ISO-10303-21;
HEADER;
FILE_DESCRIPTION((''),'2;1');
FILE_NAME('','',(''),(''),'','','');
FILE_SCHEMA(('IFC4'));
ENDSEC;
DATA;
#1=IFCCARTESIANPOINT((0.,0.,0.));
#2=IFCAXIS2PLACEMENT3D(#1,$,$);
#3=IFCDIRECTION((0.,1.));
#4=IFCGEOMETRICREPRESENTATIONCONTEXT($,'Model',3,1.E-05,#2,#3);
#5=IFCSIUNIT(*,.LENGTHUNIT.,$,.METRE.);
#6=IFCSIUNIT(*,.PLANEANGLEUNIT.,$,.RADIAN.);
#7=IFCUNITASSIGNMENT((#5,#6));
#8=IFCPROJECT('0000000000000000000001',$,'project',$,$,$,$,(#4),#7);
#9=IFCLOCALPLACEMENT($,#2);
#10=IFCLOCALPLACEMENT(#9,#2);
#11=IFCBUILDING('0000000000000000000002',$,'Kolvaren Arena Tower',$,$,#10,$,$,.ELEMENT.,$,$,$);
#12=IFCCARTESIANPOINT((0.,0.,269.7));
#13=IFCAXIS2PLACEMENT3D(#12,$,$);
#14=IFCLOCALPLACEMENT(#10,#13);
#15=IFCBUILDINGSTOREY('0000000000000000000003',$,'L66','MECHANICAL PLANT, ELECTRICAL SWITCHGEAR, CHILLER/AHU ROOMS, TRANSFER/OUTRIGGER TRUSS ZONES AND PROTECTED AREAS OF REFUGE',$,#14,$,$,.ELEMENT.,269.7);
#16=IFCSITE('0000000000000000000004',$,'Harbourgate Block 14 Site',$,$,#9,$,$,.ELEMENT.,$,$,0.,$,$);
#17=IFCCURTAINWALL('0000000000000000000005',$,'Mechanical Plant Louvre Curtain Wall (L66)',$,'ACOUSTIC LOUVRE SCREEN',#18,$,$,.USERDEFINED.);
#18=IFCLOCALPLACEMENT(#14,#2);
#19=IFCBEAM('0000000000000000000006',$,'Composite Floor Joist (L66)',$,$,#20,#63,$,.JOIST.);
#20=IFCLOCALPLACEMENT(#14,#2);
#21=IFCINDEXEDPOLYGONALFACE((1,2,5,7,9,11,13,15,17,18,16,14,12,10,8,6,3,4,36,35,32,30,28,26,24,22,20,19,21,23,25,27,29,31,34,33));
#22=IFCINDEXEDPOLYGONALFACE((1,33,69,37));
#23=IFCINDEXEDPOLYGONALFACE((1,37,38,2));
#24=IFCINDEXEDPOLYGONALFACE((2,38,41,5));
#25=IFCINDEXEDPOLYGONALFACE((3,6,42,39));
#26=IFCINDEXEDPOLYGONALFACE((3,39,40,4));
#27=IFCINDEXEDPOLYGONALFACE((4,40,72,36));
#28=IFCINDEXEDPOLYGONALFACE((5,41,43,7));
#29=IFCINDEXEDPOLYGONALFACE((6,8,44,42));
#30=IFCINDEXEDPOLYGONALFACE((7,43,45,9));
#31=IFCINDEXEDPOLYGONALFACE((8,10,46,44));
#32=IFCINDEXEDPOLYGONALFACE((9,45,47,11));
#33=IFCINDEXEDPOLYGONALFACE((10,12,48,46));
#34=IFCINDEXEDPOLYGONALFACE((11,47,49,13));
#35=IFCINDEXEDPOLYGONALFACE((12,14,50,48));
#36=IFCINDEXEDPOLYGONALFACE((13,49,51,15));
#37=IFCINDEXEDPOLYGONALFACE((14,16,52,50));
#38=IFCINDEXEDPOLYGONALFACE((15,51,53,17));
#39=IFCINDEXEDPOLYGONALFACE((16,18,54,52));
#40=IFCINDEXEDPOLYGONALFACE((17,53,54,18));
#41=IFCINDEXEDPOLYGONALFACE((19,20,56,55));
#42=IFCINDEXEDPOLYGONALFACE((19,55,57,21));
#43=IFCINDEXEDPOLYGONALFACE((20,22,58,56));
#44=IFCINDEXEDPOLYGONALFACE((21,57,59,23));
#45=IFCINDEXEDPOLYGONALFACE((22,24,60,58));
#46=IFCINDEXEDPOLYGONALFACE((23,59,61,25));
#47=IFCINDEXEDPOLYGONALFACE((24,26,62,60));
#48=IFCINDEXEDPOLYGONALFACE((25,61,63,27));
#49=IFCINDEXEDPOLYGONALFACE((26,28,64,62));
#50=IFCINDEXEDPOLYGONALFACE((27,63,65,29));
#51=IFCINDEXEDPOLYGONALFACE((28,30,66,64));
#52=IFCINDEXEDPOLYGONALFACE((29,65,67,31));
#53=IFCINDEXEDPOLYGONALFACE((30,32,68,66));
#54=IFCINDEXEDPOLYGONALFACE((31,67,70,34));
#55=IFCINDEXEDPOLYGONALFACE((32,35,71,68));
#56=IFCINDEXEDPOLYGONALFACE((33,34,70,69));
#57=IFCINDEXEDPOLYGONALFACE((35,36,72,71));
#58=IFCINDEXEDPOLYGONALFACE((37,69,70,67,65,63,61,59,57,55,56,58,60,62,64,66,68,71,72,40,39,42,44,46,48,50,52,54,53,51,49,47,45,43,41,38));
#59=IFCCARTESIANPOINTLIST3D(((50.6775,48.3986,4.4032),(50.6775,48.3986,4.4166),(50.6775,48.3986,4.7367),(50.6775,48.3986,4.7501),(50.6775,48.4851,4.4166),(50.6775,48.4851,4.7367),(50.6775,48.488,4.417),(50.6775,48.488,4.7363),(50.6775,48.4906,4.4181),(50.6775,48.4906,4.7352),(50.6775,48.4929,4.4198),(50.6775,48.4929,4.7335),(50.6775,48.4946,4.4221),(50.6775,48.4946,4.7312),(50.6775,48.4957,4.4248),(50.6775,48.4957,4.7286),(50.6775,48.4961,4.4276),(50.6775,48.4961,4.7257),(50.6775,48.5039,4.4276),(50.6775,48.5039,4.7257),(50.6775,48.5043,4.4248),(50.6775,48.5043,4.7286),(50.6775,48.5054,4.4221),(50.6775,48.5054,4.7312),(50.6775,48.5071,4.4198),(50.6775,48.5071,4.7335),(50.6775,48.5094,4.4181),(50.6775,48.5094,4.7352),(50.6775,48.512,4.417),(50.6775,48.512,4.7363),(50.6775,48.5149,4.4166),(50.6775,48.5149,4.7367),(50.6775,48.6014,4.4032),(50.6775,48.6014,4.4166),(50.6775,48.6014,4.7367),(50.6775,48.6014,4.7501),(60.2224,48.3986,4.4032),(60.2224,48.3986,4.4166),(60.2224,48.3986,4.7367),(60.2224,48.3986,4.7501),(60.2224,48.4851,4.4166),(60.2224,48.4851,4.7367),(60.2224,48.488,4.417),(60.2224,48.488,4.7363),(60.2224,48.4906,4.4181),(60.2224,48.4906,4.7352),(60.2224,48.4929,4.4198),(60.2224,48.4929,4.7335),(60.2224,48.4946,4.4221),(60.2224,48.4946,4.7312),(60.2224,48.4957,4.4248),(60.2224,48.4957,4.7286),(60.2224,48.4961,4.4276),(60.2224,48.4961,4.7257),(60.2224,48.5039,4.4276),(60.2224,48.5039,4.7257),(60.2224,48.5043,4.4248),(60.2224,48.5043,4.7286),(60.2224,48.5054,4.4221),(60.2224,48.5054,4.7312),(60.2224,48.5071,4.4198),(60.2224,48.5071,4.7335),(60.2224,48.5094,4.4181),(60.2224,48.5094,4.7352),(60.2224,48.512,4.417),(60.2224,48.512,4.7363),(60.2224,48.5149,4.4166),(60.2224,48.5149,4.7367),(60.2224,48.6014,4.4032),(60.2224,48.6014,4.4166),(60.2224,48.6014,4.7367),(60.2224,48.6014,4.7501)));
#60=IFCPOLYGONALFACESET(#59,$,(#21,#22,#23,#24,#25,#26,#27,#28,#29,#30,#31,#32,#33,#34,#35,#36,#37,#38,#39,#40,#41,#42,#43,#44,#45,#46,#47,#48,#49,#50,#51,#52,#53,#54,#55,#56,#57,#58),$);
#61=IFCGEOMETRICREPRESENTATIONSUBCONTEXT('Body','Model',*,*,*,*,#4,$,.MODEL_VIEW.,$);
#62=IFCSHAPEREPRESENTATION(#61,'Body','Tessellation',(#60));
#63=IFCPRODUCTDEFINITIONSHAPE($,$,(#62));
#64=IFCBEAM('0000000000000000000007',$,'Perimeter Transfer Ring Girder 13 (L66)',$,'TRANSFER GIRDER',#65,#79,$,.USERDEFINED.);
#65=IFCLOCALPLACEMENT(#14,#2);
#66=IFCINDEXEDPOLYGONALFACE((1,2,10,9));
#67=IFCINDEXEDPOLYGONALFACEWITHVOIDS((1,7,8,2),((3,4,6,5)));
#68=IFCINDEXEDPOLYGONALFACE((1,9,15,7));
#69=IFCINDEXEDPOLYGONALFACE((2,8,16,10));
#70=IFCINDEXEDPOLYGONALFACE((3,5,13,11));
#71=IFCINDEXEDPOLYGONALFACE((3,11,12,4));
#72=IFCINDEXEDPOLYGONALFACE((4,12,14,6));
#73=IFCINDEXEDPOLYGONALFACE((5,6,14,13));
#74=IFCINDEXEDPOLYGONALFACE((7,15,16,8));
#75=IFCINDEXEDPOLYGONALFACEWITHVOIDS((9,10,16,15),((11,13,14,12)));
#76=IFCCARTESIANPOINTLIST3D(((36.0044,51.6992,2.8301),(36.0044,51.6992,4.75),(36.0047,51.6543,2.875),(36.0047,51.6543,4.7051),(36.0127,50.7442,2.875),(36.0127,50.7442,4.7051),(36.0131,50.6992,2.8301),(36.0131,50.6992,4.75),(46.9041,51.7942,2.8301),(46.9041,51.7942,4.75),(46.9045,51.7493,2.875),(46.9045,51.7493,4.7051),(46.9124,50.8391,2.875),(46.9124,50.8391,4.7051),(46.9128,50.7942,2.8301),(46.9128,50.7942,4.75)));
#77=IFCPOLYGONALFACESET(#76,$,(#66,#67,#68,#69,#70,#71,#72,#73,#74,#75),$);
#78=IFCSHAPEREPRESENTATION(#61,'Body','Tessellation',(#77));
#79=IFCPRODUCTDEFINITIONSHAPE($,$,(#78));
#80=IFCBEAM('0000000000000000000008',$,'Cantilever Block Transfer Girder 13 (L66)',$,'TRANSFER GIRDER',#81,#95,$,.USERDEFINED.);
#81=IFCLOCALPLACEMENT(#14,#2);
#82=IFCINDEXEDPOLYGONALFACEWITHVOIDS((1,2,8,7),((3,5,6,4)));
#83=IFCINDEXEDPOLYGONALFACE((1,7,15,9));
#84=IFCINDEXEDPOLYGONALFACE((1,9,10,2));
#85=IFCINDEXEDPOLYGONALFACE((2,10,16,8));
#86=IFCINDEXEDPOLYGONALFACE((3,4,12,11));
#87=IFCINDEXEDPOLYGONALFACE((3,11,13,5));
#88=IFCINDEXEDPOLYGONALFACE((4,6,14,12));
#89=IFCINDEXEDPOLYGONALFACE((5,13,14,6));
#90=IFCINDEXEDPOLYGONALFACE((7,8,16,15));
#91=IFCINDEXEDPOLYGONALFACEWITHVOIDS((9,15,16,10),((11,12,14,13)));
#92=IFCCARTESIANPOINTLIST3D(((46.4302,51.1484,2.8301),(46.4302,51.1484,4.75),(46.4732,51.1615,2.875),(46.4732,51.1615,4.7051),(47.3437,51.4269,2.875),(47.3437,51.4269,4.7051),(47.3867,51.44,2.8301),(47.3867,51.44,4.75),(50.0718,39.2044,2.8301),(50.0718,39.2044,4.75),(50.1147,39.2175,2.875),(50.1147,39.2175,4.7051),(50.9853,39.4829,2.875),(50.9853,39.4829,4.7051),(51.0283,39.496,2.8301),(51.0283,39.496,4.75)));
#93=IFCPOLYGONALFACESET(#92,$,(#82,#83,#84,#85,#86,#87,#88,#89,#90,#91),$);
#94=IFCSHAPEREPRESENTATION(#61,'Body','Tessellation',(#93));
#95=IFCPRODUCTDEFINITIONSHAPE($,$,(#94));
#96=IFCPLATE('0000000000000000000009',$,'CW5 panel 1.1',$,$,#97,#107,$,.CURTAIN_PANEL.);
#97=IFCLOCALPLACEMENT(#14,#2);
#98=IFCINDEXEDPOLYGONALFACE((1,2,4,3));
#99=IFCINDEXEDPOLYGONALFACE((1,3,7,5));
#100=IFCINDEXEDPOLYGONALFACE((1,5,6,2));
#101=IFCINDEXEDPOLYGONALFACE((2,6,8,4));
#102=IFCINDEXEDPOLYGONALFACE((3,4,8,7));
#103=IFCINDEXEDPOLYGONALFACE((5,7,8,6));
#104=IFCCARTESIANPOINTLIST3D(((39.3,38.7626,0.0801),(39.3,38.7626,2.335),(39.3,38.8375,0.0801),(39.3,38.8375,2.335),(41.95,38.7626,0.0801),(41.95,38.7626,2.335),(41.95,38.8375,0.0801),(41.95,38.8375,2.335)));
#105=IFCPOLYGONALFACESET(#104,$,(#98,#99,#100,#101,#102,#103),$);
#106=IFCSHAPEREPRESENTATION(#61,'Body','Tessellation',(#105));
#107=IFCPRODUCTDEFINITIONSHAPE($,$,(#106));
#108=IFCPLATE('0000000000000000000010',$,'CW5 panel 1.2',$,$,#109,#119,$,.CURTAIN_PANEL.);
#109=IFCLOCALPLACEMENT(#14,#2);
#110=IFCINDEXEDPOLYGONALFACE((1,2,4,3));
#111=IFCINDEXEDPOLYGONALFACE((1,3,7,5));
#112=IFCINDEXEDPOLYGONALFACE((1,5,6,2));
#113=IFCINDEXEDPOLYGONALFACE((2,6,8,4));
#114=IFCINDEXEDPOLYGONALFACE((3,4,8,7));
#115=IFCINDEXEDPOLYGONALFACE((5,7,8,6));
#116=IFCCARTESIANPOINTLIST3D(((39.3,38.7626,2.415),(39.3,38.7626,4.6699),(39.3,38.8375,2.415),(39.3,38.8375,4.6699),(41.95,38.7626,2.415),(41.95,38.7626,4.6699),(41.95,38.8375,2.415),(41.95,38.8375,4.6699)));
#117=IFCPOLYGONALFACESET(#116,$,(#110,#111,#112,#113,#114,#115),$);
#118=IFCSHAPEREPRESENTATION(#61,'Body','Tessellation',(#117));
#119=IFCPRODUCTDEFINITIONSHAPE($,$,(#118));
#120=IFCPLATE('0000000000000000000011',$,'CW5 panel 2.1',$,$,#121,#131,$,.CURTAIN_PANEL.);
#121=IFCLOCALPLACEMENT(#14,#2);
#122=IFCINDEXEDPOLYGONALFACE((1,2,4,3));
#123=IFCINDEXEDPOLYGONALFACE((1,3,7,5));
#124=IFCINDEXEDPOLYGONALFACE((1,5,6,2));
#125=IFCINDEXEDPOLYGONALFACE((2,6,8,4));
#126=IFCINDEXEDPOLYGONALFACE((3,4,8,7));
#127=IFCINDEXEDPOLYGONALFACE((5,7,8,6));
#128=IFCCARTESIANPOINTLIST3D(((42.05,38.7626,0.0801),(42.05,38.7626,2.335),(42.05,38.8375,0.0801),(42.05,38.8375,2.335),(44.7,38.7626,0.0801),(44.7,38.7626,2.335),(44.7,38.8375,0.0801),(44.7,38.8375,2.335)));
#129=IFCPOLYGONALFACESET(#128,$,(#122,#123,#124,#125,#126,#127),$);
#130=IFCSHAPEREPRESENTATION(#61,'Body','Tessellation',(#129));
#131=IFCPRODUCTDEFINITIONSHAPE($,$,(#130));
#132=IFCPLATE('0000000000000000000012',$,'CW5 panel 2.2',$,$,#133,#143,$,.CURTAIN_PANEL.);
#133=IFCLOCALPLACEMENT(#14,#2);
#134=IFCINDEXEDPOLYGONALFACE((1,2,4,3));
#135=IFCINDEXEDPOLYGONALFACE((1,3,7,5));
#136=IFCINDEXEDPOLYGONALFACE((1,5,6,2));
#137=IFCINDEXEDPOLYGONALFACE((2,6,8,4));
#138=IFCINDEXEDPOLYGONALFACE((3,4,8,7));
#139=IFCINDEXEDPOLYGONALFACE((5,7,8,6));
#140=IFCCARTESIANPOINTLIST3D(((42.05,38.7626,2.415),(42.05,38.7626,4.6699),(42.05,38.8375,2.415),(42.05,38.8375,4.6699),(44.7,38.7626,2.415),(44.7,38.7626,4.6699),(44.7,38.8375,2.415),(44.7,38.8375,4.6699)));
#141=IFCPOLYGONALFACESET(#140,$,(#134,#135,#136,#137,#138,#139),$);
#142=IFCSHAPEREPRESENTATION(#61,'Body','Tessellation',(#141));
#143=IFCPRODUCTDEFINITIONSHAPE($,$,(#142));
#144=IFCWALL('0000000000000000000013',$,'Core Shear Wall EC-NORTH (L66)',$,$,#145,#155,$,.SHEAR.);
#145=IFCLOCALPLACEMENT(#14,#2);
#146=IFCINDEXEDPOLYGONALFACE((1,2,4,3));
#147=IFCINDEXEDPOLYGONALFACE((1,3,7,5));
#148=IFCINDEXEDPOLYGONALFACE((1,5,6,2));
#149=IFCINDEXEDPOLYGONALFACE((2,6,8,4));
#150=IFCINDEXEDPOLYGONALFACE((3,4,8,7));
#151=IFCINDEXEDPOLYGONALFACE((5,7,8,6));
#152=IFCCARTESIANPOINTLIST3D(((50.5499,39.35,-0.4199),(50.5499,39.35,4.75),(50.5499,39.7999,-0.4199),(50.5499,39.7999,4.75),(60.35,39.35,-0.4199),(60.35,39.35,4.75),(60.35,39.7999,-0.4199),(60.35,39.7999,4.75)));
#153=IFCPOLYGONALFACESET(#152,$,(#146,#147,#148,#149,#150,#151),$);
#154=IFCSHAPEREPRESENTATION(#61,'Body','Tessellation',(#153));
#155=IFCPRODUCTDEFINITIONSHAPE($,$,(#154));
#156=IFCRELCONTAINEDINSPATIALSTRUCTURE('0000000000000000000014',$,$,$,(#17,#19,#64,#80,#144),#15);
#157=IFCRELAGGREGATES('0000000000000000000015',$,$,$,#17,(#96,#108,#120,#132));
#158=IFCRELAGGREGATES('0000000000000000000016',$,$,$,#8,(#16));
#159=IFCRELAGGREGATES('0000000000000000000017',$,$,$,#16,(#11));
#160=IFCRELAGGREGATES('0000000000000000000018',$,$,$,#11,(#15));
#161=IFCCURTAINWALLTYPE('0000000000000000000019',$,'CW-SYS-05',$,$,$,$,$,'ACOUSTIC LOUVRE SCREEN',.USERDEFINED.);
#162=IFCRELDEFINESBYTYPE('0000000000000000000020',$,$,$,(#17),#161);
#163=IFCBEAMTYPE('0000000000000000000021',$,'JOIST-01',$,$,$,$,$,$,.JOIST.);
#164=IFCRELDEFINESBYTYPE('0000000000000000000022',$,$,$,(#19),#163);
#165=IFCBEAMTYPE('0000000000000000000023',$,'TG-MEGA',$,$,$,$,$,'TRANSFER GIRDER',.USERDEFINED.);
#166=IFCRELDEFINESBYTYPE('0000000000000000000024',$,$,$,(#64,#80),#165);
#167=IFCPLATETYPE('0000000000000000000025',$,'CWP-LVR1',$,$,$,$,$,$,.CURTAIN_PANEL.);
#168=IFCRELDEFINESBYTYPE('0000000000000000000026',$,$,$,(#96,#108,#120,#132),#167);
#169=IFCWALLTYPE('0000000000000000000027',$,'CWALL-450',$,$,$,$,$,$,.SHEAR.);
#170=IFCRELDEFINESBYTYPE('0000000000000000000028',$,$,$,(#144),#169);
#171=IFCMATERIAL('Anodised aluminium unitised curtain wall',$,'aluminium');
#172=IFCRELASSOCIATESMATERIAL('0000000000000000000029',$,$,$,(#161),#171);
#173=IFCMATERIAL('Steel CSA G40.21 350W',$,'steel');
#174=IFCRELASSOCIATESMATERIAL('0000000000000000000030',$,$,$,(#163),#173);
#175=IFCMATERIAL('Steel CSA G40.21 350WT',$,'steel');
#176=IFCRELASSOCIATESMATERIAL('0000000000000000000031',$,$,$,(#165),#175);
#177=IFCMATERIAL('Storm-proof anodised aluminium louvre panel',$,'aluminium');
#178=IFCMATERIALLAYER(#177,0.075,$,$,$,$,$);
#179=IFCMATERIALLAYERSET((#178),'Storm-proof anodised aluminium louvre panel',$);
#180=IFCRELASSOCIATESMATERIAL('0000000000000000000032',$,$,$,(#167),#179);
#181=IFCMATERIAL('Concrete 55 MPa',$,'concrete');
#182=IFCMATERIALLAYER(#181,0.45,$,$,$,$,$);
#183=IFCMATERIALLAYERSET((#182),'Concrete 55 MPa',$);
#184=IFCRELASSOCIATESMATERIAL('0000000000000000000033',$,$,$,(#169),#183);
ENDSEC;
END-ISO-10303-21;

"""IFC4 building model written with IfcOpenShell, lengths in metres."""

from ifc_helpers import new_model, si_unit, direction, frame, frame_2d, origin, origin_2d, place, context, subcontext, project, spatial, rectangle, hollow_rectangle, i_section, extrude, material, layer, layer_set, material_profile, profile_set, type_object, element, aggregate, save


model = new_model("IFC4")

# Units and contexts
model_context = context("Model", 3, precision=1e-05, world=origin(), true_north=direction((0.0, 1.0)))
body_context = subcontext(model_context, "Body", "Model", "MODEL_VIEW")
ifc_project = project(units=[si_unit("LENGTHUNIT", "METRE"), si_unit("PLANEANGLEUNIT", "RADIAN")], contexts=[model_context])

# Site, building, storey
site_placement = place(None, origin())
site = spatial("IfcSite", under=ifc_project, at=site_placement, Name="Harbourgate Block 14 Site", CompositionType="ELEMENT", RefElevation=0.0)
building_placement = place(site_placement, origin())
building = spatial("IfcBuilding", under=site, at=building_placement, Name="Kolvaren Arena Tower", CompositionType="ELEMENT")
storey_placement = place(building_placement, frame((0.0, 0.0, 269.7)))
storey = spatial("IfcBuildingStorey", under=building, at=storey_placement, Name="L66", Description="MECHANICAL PLANT, ELECTRICAL SWITCHGEAR, CHILLER/AHU ROOMS, TRANSFER/OUTRIGGER TRUSS ZONES AND PROTECTED AREAS OF REFUGE", CompositionType="ELEMENT", Elevation=269.7)

# Shared definitions
ifc_material_1 = material(Name="Steel CSA G40.21 350W", Category="steel")

# Curtain wall
ifc_material_2 = material(Name="Anodised aluminium unitised curtain wall", Category="aluminium")
curtain_wall_type = type_object("IfcCurtainWallType", Name="CW-SYS-05", ElementType="ACOUSTIC LOUVRE SCREEN", PredefinedType="USERDEFINED", material=ifc_material_2)
curtain_wall_placement = place(storey_placement, origin())
curtain_wall = element("IfcCurtainWall", 1, at=curtain_wall_placement, inside=storey, type_object=curtain_wall_type, Name="Mechanical Plant Louvre Curtain Wall (L66)", ObjectType="ACOUSTIC LOUVRE SCREEN", PredefinedType="USERDEFINED")

# Beams
ifc_material_profile_1 = material_profile(ifc_material_1, i_section(OverallWidth=0.2029, OverallDepth=0.3469, WebThickness=0.0078, FlangeThickness=0.0134, FilletRadius=0.011, at=origin_2d()), Name="W360x64")
ifc_profile_set_1 = profile_set([ifc_material_profile_1], Name="Steel CSA G40.21 350W")
beam_type_1 = type_object("IfcBeamType", Name="JOIST-01", PredefinedType="JOIST", material=ifc_profile_set_1)
beam_1_placement = place(storey_placement, frame((50.6775, 48.5, 4.5767), z_axis=(1.0, 0.0, 0.0), x_axis=(0.0, 1.0, 0.0)))
element("IfcBeam", 2, at=beam_1_placement, inside=storey, type_object=beam_type_1, Name="Composite Floor Joist (L66)", PredefinedType="JOIST", context=body_context, shape_type="SweptSolid", body=[
    extrude(i_section(OverallWidth=0.2029, OverallDepth=0.3469, WebThickness=0.0078, FlangeThickness=0.0134, FilletRadius=0.011, at=origin_2d()), origin(), (0.0, 0.0, 1.0), 9.5449),
])
ifc_material_3 = material(Name="Steel CSA G40.21 350WT", Category="steel")
ifc_material_profile_2 = material_profile(ifc_material_3, hollow_rectangle(XDim=1.0, YDim=1.9199, WallThickness=0.0449, at=origin_2d()), Name="BOX 1000x1920x45")
ifc_profile_set_2 = profile_set([ifc_material_profile_2], Name="Steel CSA G40.21 350WT")
beam_type_2 = type_object("IfcBeamType", Name="TG-MEGA", ElementType="TRANSFER GIRDER", PredefinedType="USERDEFINED", material=ifc_profile_set_2)
beam_2_placement = place(storey_placement, frame((46.9084, 51.2942, 3.79), z_axis=(-0.999962, -0.008713, 0.0), x_axis=(0.008713, -0.999962, 0.0)))
element("IfcBeam", 3, at=beam_2_placement, inside=storey, type_object=beam_type_2, Name="Perimeter Transfer Ring Girder 13 (L66)", ObjectType="TRANSFER GIRDER", PredefinedType="USERDEFINED", context=body_context, shape_type="SweptSolid", body=[
    extrude(hollow_rectangle(XDim=1.0, YDim=1.9199, WallThickness=0.0449, at=origin_2d()), origin(), (0.0, 0.0, 1.0), 10.9001),
])
beam_3_placement = place(storey_placement, frame((46.9084, 51.2942, 3.79), z_axis=(0.291634, -0.95653, 0.0), x_axis=(0.95653, 0.291634, 0.0)))
element("IfcBeam", 4, at=beam_3_placement, inside=storey, type_object=beam_type_2, Name="Cantilever Block Transfer Girder 13 (L66)", ObjectType="TRANSFER GIRDER", PredefinedType="USERDEFINED", context=body_context, shape_type="SweptSolid", body=[
    extrude(hollow_rectangle(XDim=1.0, YDim=1.9199, WallThickness=0.0449, at=origin_2d()), origin(), (0.0, 0.0, 1.0), 12.4868),
])

# Plates
ifc_material_4 = material(Name="Storm-proof anodised aluminium louvre panel", Category="aluminium")
ifc_layer_1 = layer(ifc_material_4, 0.075)
ifc_layer_set_1 = layer_set([ifc_layer_1], Name="Storm-proof anodised aluminium louvre panel")
plate_type = type_object("IfcPlateType", Name="CWP-LVR1", PredefinedType="CURTAIN_PANEL", material=ifc_layer_set_1)
plate_1_placement = place(storey_placement, frame((40.625, 38.8, 0.0801), z_axis=(0.0, 0.0, 1.0), x_axis=(1.0, 0.0, 0.0)))
plate_1 = element("IfcPlate", 5, at=plate_1_placement, type_object=plate_type, Name="CW5 panel 1.1", PredefinedType="CURTAIN_PANEL", context=body_context, shape_type="SweptSolid", body=[
    extrude(rectangle(XDim=2.6499, YDim=0.075, at=origin_2d()), origin(), (0.0, 0.0, 1.0), 2.2549),
])
plate_2_placement = place(storey_placement, frame((40.625, 38.8, 2.415), z_axis=(0.0, 0.0, 1.0), x_axis=(1.0, 0.0, 0.0)))
plate_2 = element("IfcPlate", 6, at=plate_2_placement, type_object=plate_type, Name="CW5 panel 1.2", PredefinedType="CURTAIN_PANEL", context=body_context, shape_type="SweptSolid", body=[
    extrude(rectangle(XDim=2.6499, YDim=0.075, at=origin_2d()), origin(), (0.0, 0.0, 1.0), 2.2549),
])
plate_3_placement = place(storey_placement, frame((43.375, 38.8, 0.0801), z_axis=(0.0, 0.0, 1.0), x_axis=(1.0, 0.0, 0.0)))
plate_3 = element("IfcPlate", 7, at=plate_3_placement, type_object=plate_type, Name="CW5 panel 2.1", PredefinedType="CURTAIN_PANEL", context=body_context, shape_type="SweptSolid", body=[
    extrude(rectangle(XDim=2.6499, YDim=0.075, at=origin_2d()), origin(), (0.0, 0.0, 1.0), 2.2549),
])
plate_4_placement = place(storey_placement, frame((43.375, 38.8, 2.415), z_axis=(0.0, 0.0, 1.0), x_axis=(1.0, 0.0, 0.0)))
plate_4 = element("IfcPlate", 8, at=plate_4_placement, type_object=plate_type, Name="CW5 panel 2.2", PredefinedType="CURTAIN_PANEL", context=body_context, shape_type="SweptSolid", body=[
    extrude(rectangle(XDim=2.6499, YDim=0.075, at=origin_2d()), origin(), (0.0, 0.0, 1.0), 2.2549),
])
aggregate(curtain_wall, [plate_1, plate_2, plate_3, plate_4])

# Wall
ifc_material_5 = material(Name="Concrete 55 MPa", Category="concrete")
ifc_layer_2 = layer(ifc_material_5, 0.45)
ifc_layer_set_2 = layer_set([ifc_layer_2], Name="Concrete 55 MPa")
wall_type = type_object("IfcWallType", Name="CWALL-450", PredefinedType="SHEAR", material=ifc_layer_set_2)
wall_placement = place(storey_placement, frame((50.55, 39.575, -0.4199), z_axis=(0.0, 0.0, 1.0), x_axis=(1.0, 0.0, 0.0)))
element("IfcWall", 9, at=wall_placement, inside=storey, type_object=wall_type, Name="Core Shear Wall EC-NORTH (L66)", PredefinedType="SHEAR", context=body_context, shape_type="SweptSolid", body=[
    extrude(rectangle(XDim=9.8, YDim=0.45, at=frame_2d((4.8999, 0.0))), origin(), (0.0, 0.0, 1.0), 5.1699),
])

save(model, "model.ifc")
